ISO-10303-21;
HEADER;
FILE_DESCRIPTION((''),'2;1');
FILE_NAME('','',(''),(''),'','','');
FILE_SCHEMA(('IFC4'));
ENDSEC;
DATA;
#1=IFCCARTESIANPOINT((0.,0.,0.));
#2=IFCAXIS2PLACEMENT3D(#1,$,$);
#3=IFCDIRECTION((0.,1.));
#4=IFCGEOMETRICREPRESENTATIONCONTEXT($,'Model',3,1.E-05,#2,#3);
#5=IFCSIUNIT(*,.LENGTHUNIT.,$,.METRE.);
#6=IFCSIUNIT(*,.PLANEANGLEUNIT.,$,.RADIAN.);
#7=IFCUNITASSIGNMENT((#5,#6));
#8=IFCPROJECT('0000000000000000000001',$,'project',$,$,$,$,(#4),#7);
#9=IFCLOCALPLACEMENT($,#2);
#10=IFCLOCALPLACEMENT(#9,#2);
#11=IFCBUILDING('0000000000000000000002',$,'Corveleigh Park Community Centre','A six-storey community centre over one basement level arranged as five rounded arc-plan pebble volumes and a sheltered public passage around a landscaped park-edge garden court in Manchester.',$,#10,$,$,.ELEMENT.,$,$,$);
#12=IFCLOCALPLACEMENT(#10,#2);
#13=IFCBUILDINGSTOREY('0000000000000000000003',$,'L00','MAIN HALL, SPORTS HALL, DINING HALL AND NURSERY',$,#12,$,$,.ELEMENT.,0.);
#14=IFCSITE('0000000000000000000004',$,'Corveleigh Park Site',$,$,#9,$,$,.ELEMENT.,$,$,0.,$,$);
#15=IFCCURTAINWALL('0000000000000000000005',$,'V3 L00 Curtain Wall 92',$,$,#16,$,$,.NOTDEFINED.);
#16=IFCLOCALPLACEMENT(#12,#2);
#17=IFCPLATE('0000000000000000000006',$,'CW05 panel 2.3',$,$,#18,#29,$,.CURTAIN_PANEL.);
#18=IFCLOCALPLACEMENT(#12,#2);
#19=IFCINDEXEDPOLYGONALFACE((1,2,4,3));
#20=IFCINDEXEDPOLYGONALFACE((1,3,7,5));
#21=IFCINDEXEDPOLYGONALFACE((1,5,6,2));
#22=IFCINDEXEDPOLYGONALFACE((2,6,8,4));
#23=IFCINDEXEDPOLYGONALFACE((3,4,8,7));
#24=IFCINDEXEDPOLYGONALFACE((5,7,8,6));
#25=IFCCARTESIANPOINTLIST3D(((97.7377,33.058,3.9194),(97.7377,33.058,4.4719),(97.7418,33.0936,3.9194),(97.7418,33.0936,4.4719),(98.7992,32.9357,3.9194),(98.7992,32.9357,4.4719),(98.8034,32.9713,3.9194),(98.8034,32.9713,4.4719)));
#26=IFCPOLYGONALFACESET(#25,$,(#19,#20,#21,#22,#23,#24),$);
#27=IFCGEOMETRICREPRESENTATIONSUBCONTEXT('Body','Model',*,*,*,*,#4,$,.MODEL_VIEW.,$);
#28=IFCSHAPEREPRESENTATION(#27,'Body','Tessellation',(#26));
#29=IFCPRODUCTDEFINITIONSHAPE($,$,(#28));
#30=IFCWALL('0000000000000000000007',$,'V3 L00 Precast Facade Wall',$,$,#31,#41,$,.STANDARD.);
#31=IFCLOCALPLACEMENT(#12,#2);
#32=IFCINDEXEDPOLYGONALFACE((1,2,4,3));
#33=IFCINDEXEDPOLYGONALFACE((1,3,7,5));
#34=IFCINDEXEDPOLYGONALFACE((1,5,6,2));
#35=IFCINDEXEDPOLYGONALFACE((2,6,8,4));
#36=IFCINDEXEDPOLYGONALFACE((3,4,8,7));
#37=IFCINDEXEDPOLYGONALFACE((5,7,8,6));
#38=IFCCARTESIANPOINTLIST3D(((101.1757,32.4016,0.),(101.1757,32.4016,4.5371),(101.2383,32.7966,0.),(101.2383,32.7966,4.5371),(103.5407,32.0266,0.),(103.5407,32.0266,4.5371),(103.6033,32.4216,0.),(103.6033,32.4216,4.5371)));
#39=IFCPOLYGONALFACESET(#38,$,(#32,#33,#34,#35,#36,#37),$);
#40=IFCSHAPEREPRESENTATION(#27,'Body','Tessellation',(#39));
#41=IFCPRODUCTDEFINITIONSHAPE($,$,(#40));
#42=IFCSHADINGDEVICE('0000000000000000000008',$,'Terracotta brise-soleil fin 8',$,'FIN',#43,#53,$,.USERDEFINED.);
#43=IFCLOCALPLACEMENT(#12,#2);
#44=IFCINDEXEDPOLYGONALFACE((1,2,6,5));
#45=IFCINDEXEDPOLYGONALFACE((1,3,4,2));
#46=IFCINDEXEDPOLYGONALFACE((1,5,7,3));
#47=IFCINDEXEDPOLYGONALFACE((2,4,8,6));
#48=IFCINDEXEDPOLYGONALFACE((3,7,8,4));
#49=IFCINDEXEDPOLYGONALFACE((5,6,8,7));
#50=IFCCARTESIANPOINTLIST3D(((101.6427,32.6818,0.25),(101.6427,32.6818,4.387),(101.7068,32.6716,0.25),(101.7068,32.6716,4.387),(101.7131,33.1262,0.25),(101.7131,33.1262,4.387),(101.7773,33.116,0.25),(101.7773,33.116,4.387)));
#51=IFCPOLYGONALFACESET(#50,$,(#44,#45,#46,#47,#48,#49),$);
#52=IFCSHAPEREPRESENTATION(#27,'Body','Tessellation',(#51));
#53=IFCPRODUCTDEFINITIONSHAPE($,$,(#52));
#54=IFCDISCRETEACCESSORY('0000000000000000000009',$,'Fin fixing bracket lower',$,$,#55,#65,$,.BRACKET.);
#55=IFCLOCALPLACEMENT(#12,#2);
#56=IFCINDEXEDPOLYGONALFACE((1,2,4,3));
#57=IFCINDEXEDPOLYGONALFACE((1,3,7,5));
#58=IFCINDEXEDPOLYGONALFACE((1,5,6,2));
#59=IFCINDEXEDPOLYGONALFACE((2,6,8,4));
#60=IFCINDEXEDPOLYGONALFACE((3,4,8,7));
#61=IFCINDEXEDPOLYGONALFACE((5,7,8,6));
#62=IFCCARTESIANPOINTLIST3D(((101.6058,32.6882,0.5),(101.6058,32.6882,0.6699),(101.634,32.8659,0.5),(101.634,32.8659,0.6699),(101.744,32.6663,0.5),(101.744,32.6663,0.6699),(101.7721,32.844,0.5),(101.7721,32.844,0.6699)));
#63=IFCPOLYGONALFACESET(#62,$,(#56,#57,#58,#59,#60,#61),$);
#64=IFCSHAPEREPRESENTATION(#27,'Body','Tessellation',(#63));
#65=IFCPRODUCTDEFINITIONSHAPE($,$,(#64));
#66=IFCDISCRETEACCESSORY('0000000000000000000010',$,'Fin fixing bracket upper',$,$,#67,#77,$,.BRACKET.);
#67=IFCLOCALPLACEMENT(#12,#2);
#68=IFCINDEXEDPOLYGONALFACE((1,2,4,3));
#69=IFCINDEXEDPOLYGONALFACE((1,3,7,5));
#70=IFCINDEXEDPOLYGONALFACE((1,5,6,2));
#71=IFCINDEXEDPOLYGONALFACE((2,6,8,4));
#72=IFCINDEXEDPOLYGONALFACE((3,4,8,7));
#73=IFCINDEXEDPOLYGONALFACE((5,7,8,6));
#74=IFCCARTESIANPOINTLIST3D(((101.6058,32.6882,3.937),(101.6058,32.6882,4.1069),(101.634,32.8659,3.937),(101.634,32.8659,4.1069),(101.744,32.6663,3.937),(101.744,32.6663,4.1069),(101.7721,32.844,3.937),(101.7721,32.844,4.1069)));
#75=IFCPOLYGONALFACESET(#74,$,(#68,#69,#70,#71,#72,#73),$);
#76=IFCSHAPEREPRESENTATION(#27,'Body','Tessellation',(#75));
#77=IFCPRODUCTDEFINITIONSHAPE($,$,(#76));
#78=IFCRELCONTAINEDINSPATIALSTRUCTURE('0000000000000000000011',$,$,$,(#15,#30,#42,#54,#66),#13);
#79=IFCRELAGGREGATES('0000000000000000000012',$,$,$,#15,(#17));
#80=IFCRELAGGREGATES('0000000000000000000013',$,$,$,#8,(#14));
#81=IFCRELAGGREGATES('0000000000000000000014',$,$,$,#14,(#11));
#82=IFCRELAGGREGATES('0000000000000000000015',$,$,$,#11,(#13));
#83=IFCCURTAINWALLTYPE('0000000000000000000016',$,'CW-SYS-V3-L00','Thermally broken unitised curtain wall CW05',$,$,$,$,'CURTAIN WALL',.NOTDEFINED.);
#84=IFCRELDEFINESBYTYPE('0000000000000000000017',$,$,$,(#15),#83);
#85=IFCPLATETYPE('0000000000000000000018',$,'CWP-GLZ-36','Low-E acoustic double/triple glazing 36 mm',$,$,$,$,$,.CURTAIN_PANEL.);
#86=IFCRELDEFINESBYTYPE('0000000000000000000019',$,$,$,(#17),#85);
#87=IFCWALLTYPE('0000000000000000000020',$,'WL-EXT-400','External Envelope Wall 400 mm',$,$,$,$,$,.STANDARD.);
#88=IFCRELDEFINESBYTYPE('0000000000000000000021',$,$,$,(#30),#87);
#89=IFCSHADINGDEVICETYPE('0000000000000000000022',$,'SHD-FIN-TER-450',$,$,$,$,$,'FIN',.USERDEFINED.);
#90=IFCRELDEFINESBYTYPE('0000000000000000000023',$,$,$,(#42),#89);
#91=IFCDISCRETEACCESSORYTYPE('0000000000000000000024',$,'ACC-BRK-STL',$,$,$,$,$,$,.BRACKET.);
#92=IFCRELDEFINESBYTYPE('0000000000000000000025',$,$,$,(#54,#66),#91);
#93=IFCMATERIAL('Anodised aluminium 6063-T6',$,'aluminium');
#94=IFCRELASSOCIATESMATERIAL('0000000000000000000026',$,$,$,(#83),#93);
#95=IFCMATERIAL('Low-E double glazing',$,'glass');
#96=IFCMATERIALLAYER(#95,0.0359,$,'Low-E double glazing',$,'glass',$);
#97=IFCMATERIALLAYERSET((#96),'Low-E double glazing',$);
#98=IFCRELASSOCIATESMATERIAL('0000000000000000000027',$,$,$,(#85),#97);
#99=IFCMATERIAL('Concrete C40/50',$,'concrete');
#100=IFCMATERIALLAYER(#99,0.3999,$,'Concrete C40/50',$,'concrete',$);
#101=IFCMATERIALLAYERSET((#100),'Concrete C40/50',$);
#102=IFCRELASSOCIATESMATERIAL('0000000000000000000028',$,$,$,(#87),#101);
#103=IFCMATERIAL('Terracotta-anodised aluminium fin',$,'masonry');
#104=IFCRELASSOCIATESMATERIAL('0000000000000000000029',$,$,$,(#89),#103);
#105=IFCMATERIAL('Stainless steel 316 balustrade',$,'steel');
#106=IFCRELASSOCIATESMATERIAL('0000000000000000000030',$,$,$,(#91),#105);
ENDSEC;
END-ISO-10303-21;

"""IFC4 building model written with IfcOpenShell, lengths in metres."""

from ifc_helpers import new_model, si_unit, direction, frame, frame_2d, origin, origin_2d, place, context, subcontext, project, spatial, rectangle, extrude, material, layer, layer_set, type_object, element, aggregate, save


model = new_model("IFC4")

# Units and contexts
model_context = context("Model", 3, precision=1e-05, world=origin(), true_north=direction((0.0, 1.0)))
body_context = subcontext(model_context, "Body", "Model", "MODEL_VIEW")
ifc_project = project(units=[si_unit("LENGTHUNIT", "METRE"), si_unit("PLANEANGLEUNIT", "RADIAN")], contexts=[model_context])

# Site, building, storey
site_placement = place(None, origin())
site = spatial("IfcSite", under=ifc_project, at=site_placement, Name="Corveleigh Park Site", CompositionType="ELEMENT", RefElevation=0.0)
building_placement = place(site_placement, origin())
building = spatial("IfcBuilding", under=site, at=building_placement, Name="Corveleigh Park Community Centre", Description="A six-storey community centre over one basement level arranged as five rounded arc-plan pebble volumes and a sheltered public passage around a landscaped park-edge garden court in Manchester.", CompositionType="ELEMENT")
storey_placement = place(building_placement, origin())
storey = spatial("IfcBuildingStorey", under=building, at=storey_placement, Name="L00", Description="MAIN HALL, SPORTS HALL, DINING HALL AND NURSERY", CompositionType="ELEMENT", Elevation=0.0)

# Shared definitions
ifc_material_1 = material(Name="Concrete C40/50", Category="concrete")

# Shared definitions
ifc_material_2 = material(Name="Anodised aluminium 6063-T6", Category="aluminium")
curtain_wall_type = type_object("IfcCurtainWallType", Name="CW-SYS-V3-L00", Description="Thermally broken unitised curtain wall CW05", ElementType="CURTAIN WALL", PredefinedType="NOTDEFINED", material=ifc_material_2)

# Curtain wall
curtain_wall_1_placement = place(storey_placement, origin())
curtain_wall_1 = element("IfcCurtainWall", 1, at=curtain_wall_1_placement, inside=storey, type_object=curtain_wall_type, Name="V3 L00 Curtain Wall 92", PredefinedType="NOTDEFINED")

# Plate
ifc_material_3 = material(Name="Low-E double glazing", Category="glass")
ifc_layer_1 = layer(ifc_material_3, 0.0359, Name="Low-E double glazing", Category="glass")
ifc_layer_set_1 = layer_set([ifc_layer_1], Name="Low-E double glazing")
plate_type = type_object("IfcPlateType", Name="CWP-GLZ-36", Description="Low-E acoustic double/triple glazing 36 mm", PredefinedType="CURTAIN_PANEL", material=ifc_layer_set_1)
plate_1_placement = place(storey_placement, frame((98.2705, 33.0146, 3.9194), z_axis=(0.0, 0.0, 1.0), x_axis=(0.993426, -0.114478, 0.0)))
plate_1 = element("IfcPlate", 2, at=plate_1_placement, type_object=plate_type, Name="CW05 panel 2.3", PredefinedType="CURTAIN_PANEL", context=body_context, shape_type="SweptSolid", body=[
    extrude(rectangle(XDim=1.0686, YDim=0.0359, at=origin_2d()), origin(), (0.0, 0.0, 1.0), 0.5525),
])
aggregate(curtain_wall_1, [plate_1])

# Wall
ifc_layer_2 = layer(ifc_material_1, 0.3999, Name="Concrete C40/50", Category="concrete")
ifc_layer_set_2 = layer_set([ifc_layer_2], Name="Concrete C40/50")
wall_type = type_object("IfcWallType", Name="WL-EXT-400", Description="External Envelope Wall 400 mm", PredefinedType="STANDARD", material=ifc_layer_set_2)
wall_placement = place(storey_placement, frame((101.207, 32.5991, 0.0), z_axis=(0.0, 0.0, 1.0), x_axis=(0.987661, -0.156607, 0.0)))
element("IfcWall", 3, at=wall_placement, inside=storey, type_object=wall_type, Name="V3 L00 Precast Facade Wall", PredefinedType="STANDARD", context=body_context, shape_type="SweptSolid", body=[
    extrude(rectangle(XDim=2.3945, YDim=0.3999, at=frame_2d((1.1973, 0.0))), origin(), (0.0, 0.0, 1.0), 4.5371),
])

# Shading device
ifc_material_4 = material(Name="Terracotta-anodised aluminium fin", Category="masonry")
shading_device_type = type_object("IfcShadingDeviceType", Name="SHD-FIN-TER-450", ElementType="FIN", PredefinedType="USERDEFINED", material=ifc_material_4)
shading_device_placement = place(storey_placement, frame((101.71, 32.8989, 0.25), z_axis=(0.0, 0.0, 1.0), x_axis=(0.156606, 0.987661, 0.0)))
element("IfcShadingDevice", 4, at=shading_device_placement, inside=storey, type_object=shading_device_type, Name="Terracotta brise-soleil fin 8", ObjectType="FIN", PredefinedType="USERDEFINED", context=body_context, shape_type="SweptSolid", body=[
    extrude(rectangle(XDim=0.45, YDim=0.0649, at=origin_2d()), origin(), (0.0, 0.0, 1.0), 4.137),
])

# Discrete accessories
ifc_material_5 = material(Name="Stainless steel 316 balustrade", Category="steel")
discrete_accessory_type = type_object("IfcDiscreteAccessoryType", Name="ACC-BRK-STL", PredefinedType="BRACKET", material=ifc_material_5)
for number, where, z_axis, x_axis, name in (
    (5, (101.689, 32.7661, 0.5), (0.0, 0.0, 1.0), (0.156606, 0.987661, 0.0), "Fin fixing bracket lower"),
    (6, (101.689, 32.7661, 3.937), (0.0, 0.0, 1.0), (0.156606, 0.987661, 0.0), "Fin fixing bracket upper"),
):
    element("IfcDiscreteAccessory", number, at=place(storey_placement, frame(where, z_axis=z_axis, x_axis=x_axis)), inside=storey, type_object=discrete_accessory_type, Name=name, PredefinedType="BRACKET", context=body_context, shape_type="SweptSolid", body=[
        extrude(rectangle(XDim=0.1799, YDim=0.1399, at=origin_2d()), origin(), (0.0, 0.0, 1.0), 0.1699),
    ])

save(model, "model.ifc")
